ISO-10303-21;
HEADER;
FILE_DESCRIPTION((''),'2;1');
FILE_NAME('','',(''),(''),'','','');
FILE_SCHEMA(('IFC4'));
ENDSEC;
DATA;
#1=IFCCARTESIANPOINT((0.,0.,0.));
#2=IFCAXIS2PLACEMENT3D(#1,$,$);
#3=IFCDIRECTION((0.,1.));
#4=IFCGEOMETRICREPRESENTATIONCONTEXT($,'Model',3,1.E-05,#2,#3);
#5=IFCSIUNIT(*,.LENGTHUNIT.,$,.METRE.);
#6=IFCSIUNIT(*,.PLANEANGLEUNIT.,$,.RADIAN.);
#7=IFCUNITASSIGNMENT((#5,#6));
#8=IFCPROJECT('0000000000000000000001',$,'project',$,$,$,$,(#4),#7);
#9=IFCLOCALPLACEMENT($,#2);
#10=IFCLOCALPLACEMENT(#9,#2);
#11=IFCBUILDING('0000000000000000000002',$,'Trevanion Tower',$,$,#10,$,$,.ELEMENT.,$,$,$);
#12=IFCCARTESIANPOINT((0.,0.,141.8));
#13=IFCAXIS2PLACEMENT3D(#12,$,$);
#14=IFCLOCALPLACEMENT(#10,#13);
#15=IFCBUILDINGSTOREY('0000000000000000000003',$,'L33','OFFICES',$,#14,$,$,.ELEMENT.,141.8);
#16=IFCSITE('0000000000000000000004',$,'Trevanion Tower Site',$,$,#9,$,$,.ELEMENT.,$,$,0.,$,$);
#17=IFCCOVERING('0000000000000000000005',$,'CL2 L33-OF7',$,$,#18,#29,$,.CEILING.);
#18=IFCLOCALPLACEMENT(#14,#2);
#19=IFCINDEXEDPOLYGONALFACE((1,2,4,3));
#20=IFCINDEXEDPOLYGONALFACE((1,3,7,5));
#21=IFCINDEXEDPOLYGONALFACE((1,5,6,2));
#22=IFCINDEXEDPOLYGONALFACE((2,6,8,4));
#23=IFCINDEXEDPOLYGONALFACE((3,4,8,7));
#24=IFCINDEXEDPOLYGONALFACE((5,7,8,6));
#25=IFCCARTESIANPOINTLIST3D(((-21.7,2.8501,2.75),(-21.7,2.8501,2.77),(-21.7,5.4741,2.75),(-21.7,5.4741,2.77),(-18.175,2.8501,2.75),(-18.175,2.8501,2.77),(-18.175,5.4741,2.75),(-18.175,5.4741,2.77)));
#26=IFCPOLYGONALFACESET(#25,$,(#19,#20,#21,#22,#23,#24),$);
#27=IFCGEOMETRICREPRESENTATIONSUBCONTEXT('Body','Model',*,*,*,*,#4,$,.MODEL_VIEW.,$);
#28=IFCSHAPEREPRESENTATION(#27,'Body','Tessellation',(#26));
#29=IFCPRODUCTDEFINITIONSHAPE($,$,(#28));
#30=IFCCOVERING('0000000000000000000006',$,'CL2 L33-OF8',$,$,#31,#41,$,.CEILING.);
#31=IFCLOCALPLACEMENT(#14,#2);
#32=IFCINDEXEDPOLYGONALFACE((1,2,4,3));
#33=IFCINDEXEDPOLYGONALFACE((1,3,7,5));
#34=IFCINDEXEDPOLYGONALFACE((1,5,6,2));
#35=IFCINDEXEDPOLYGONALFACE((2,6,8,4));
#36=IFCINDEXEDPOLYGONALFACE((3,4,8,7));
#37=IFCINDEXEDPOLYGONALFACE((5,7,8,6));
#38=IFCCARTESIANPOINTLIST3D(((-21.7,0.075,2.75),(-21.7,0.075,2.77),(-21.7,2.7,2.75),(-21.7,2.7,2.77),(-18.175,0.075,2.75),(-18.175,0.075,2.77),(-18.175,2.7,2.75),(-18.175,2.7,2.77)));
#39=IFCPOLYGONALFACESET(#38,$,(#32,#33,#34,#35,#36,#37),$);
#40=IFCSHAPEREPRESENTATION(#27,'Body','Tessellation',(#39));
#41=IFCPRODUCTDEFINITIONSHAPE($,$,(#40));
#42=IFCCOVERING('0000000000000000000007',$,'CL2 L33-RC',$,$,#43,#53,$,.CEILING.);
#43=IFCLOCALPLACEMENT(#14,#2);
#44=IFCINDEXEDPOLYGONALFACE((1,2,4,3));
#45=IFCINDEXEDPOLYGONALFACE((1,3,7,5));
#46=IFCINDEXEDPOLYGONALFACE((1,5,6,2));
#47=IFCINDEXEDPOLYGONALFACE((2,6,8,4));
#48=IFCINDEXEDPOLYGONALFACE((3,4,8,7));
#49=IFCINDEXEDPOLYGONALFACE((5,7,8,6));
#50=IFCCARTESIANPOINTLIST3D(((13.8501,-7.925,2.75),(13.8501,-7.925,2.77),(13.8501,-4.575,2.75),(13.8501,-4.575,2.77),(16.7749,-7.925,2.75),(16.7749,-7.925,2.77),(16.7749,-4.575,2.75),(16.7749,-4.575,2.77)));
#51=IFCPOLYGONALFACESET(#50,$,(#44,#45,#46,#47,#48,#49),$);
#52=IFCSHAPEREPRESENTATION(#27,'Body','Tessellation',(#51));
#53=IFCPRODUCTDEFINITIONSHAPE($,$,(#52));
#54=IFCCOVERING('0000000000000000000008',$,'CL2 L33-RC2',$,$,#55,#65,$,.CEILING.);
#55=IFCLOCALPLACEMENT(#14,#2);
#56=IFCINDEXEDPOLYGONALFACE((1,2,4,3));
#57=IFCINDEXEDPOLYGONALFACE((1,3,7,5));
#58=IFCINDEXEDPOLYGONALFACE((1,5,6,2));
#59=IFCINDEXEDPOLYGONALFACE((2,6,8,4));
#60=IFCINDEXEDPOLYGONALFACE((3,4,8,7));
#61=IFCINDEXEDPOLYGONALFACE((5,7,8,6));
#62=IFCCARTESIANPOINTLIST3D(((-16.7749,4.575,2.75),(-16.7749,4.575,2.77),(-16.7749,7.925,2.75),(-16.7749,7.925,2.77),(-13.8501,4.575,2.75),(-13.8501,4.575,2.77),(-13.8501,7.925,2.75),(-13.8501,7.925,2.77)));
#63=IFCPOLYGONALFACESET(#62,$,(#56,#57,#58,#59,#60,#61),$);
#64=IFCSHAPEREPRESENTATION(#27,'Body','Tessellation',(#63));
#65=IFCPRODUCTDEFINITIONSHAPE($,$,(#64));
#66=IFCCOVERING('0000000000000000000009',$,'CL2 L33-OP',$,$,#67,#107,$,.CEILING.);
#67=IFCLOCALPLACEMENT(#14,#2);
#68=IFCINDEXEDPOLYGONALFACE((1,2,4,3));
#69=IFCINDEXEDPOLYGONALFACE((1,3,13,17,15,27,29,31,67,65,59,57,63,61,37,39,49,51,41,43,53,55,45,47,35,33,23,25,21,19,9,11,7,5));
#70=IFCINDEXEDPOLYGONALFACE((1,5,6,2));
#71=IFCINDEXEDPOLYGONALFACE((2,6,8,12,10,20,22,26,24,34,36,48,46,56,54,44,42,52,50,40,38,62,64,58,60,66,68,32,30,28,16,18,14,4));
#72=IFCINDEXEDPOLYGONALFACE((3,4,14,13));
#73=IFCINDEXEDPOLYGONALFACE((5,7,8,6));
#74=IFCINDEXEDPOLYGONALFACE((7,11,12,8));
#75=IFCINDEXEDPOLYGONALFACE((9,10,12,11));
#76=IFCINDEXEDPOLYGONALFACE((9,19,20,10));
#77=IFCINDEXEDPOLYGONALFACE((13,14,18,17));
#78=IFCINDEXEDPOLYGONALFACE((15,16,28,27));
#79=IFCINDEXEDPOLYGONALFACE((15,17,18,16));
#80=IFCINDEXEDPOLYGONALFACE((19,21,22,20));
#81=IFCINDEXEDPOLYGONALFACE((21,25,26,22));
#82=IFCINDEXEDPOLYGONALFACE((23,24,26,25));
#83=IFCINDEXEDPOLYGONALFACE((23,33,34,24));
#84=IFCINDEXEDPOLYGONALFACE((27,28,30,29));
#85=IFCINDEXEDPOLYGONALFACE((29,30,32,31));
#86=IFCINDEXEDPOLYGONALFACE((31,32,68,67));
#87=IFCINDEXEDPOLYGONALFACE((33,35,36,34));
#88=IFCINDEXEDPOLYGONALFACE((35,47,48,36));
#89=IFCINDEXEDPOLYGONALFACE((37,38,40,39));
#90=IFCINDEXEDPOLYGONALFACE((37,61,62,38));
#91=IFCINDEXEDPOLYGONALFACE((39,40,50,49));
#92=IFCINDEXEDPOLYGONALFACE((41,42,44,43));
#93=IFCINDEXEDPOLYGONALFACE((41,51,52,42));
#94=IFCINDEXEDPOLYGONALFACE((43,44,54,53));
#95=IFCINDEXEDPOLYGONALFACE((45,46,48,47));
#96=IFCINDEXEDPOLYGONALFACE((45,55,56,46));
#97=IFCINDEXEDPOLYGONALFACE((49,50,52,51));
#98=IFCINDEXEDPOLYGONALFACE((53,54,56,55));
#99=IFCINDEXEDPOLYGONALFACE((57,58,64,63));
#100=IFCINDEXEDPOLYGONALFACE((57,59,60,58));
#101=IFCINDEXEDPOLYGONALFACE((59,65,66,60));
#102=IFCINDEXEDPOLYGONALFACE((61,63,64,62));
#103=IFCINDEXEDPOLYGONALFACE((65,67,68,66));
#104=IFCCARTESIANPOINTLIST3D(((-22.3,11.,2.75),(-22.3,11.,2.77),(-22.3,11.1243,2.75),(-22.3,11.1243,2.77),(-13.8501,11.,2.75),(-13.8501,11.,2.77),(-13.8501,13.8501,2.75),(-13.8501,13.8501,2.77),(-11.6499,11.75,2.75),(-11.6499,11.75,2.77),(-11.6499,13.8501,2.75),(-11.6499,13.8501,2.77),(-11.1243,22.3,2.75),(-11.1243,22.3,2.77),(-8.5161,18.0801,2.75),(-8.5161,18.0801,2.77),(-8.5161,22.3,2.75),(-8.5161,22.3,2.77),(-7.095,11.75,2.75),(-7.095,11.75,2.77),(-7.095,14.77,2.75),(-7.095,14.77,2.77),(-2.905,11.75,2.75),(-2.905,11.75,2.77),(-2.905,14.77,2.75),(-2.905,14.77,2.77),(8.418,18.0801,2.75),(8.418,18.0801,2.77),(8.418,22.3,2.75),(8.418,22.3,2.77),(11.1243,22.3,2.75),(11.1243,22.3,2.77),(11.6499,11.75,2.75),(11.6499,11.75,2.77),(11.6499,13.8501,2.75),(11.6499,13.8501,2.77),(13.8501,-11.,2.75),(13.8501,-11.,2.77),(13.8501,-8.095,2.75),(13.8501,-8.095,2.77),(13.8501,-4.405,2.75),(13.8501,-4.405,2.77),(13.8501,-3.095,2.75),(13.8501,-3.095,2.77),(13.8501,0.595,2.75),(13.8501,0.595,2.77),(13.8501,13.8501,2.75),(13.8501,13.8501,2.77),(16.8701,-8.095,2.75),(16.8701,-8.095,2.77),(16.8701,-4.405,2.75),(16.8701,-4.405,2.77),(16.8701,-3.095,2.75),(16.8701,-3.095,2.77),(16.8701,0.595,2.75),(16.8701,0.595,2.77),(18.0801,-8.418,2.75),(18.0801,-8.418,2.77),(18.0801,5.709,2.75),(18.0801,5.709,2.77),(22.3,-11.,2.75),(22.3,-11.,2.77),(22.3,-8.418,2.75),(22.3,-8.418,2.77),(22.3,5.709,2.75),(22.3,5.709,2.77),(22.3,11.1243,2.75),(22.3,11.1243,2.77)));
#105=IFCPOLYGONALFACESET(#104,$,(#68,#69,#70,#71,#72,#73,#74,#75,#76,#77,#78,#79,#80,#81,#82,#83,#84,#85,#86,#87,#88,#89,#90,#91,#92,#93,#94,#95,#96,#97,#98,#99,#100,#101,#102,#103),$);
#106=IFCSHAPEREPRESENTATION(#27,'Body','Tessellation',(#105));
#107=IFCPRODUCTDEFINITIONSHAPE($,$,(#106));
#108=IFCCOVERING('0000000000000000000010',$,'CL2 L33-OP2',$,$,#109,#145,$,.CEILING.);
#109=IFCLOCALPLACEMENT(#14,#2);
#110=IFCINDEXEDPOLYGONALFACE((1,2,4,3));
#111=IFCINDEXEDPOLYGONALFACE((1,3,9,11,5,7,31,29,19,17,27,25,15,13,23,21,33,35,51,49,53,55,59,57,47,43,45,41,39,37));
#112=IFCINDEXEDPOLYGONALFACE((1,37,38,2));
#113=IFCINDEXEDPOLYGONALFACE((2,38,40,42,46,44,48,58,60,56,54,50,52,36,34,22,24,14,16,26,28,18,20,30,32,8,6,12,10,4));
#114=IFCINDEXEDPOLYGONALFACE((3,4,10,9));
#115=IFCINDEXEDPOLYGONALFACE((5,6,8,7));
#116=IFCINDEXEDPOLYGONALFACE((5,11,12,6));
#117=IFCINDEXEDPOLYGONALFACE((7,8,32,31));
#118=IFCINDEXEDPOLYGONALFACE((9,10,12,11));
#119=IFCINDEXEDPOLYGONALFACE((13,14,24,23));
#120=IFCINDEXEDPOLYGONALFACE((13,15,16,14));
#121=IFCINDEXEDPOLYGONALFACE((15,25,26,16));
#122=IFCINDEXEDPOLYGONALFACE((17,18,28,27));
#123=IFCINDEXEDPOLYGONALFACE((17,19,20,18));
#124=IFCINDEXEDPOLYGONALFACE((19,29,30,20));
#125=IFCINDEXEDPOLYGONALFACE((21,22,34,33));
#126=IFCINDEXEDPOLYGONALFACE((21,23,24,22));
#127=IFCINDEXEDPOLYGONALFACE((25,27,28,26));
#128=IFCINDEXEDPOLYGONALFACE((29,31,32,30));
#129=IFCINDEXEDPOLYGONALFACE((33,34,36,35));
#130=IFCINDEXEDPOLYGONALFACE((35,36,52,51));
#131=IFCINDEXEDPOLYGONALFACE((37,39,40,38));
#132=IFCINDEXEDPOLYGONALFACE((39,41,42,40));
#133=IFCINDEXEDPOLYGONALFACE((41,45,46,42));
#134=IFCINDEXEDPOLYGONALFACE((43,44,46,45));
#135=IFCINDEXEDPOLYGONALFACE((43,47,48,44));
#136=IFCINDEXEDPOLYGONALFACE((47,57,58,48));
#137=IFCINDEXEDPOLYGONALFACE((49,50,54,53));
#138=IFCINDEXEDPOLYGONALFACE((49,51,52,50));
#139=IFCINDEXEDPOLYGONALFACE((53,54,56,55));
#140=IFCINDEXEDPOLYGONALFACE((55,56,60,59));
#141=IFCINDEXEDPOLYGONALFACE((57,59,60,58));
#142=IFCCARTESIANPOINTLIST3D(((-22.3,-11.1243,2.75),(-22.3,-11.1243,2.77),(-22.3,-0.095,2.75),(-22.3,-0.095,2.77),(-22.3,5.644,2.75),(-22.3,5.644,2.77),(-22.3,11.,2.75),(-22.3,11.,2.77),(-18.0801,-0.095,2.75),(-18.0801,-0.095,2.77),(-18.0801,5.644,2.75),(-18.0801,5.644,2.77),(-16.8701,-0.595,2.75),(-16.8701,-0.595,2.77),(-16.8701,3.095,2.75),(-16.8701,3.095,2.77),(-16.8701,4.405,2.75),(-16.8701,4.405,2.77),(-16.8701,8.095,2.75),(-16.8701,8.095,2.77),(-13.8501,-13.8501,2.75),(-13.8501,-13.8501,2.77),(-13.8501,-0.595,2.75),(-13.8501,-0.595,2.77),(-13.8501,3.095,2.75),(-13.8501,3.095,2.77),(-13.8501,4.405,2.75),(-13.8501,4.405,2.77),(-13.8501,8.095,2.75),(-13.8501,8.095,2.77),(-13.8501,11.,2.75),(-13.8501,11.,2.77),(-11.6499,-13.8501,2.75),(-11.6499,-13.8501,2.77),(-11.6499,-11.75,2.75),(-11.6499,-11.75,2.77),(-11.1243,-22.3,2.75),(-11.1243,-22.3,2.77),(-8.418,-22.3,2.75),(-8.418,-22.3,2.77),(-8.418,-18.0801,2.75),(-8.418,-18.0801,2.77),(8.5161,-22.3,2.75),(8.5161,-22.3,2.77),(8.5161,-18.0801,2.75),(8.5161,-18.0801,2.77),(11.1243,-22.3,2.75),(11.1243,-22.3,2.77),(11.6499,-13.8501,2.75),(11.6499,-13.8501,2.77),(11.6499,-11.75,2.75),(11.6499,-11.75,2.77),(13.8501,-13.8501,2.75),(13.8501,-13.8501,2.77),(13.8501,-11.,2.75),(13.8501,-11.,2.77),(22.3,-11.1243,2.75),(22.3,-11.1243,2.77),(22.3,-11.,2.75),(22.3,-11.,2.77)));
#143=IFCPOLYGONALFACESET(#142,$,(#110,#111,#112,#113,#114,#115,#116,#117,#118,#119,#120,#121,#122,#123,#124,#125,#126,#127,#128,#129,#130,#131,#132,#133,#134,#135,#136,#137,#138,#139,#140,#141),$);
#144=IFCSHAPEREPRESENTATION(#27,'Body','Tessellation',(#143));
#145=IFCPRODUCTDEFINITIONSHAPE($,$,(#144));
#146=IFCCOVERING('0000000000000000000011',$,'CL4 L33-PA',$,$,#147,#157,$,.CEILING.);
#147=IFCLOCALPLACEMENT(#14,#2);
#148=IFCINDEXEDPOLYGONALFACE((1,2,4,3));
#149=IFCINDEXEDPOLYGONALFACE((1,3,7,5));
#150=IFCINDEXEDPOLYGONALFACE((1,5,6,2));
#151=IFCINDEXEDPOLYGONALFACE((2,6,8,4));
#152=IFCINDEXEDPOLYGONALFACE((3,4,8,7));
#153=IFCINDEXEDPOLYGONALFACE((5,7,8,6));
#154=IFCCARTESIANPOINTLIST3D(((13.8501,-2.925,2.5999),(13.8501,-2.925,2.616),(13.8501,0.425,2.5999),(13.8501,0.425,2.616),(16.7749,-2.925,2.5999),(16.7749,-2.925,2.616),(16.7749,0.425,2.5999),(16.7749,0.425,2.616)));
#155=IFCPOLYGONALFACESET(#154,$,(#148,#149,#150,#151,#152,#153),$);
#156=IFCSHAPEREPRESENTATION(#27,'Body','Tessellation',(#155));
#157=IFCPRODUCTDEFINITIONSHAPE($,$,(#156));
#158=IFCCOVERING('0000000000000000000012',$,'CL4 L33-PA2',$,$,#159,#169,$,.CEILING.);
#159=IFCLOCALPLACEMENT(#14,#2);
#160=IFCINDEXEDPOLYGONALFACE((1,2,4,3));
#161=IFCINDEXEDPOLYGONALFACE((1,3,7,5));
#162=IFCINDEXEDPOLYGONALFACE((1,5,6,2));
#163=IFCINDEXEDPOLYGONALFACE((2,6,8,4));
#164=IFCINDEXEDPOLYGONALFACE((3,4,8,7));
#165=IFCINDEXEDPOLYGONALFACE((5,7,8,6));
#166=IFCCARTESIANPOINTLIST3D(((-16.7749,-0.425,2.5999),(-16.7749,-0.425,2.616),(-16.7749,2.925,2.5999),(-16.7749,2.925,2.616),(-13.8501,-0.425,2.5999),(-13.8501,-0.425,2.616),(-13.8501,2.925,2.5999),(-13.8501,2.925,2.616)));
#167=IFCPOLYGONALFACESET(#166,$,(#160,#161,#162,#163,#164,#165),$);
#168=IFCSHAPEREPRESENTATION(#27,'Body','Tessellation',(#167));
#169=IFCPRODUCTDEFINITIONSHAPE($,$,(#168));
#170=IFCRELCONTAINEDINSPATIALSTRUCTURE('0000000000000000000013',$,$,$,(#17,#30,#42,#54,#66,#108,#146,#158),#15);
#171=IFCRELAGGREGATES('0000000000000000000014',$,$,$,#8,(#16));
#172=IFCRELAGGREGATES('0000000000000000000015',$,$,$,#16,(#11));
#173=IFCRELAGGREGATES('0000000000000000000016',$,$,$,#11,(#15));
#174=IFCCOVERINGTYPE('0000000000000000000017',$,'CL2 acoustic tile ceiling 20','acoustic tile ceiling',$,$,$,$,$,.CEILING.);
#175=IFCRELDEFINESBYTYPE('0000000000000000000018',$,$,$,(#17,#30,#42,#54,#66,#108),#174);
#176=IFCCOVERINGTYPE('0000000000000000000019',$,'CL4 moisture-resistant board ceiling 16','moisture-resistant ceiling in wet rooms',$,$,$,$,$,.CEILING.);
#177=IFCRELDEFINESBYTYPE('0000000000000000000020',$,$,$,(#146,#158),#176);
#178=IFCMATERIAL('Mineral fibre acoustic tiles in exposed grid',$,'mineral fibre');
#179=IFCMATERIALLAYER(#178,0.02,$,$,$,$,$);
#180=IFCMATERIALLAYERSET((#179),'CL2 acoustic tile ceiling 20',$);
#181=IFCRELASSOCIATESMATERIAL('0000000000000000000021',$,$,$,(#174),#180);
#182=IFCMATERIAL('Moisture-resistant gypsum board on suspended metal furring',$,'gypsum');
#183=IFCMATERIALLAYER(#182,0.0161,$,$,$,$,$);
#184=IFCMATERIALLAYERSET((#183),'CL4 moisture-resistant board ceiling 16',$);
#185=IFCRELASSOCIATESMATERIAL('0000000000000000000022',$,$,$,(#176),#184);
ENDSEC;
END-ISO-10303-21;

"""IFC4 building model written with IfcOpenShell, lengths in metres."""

from ifc_helpers import new_model, si_unit, direction, frame, origin, place, context, subcontext, project, spatial, polyline, outline, extrude, material, layer, layer_set, type_object, element, save


model = new_model("IFC4")

# Units and contexts
model_context = context("Model", 3, precision=1e-05, world=origin(), true_north=direction((0.0, 1.0)))
body_context = subcontext(model_context, "Body", "Model", "MODEL_VIEW")
ifc_project = project(units=[si_unit("LENGTHUNIT", "METRE"), si_unit("PLANEANGLEUNIT", "RADIAN")], contexts=[model_context])

# Site, building, storey
site_placement = place(None, origin())
site = spatial("IfcSite", under=ifc_project, at=site_placement, Name="Trevanion Tower Site", CompositionType="ELEMENT", RefElevation=0.0)
building_placement = place(site_placement, origin())
building = spatial("IfcBuilding", under=site, at=building_placement, Name="Trevanion Tower", CompositionType="ELEMENT")
storey_placement = place(building_placement, frame((0.0, 0.0, 141.8)))
storey = spatial("IfcBuildingStorey", under=building, at=storey_placement, Name="L33", Description="OFFICES", CompositionType="ELEMENT", Elevation=141.8)

# Coverings
ifc_material_1 = material(Name="Mineral fibre acoustic tiles in exposed grid", Category="mineral fibre")
ifc_layer_1 = layer(ifc_material_1, 0.02)
ifc_layer_set_1 = layer_set([ifc_layer_1], Name="CL2 acoustic tile ceiling 20")
covering_type_1 = type_object("IfcCoveringType", Name="CL2 acoustic tile ceiling 20", Description="acoustic tile ceiling", PredefinedType="CEILING", material=ifc_layer_set_1)
covering_1_placement = place(storey_placement, frame((0.0, 0.0, 2.75)))
element("IfcCovering", 1, at=covering_1_placement, inside=storey, type_object=covering_type_1, Name="CL2 L33-OF7", PredefinedType="CEILING", context=body_context, shape_type="SweptSolid", body=[
    extrude(outline(polyline([(-18.175, 5.4741), (-18.175, 2.8501), (-21.7, 2.8501), (-21.7, 5.4741), (-18.175, 5.4741)])), origin(), (0.0, 0.0, 1.0), 0.02),
])
covering_2_placement = place(storey_placement, frame((0.0, 0.0, 2.75)))
element("IfcCovering", 2, at=covering_2_placement, inside=storey, type_object=covering_type_1, Name="CL2 L33-OF8", PredefinedType="CEILING", context=body_context, shape_type="SweptSolid", body=[
    extrude(outline(polyline([(-18.175, 2.7), (-18.175, 0.075), (-21.7, 0.075), (-21.7, 2.7), (-18.175, 2.7)])), origin(), (0.0, 0.0, 1.0), 0.02),
])
covering_3_placement = place(storey_placement, frame((0.0, 0.0, 2.75)))
element("IfcCovering", 3, at=covering_3_placement, inside=storey, type_object=covering_type_1, Name="CL2 L33-RC", PredefinedType="CEILING", context=body_context, shape_type="SweptSolid", body=[
    extrude(outline(polyline([(13.8501, -7.925), (13.8501, -4.575), (16.7749, -4.575), (16.7749, -7.925), (13.8501, -7.925)])), origin(), (0.0, 0.0, 1.0), 0.02),
])
covering_4_placement = place(storey_placement, frame((0.0, 0.0, 2.75)))
element("IfcCovering", 4, at=covering_4_placement, inside=storey, type_object=covering_type_1, Name="CL2 L33-RC2", PredefinedType="CEILING", context=body_context, shape_type="SweptSolid", body=[
    extrude(outline(polyline([(-13.8501, 7.925), (-13.8501, 4.575), (-16.7749, 4.575), (-16.7749, 7.925), (-13.8501, 7.925)])), origin(), (0.0, 0.0, 1.0), 0.02),
])
covering_5_placement = place(storey_placement, frame((0.0, 0.0, 2.75)))
element("IfcCovering", 5, at=covering_5_placement, inside=storey, type_object=covering_type_1, Name="CL2 L33-OP", PredefinedType="CEILING", context=body_context, shape_type="SweptSolid", body=[
    extrude(outline(polyline([(11.6499, 13.8501), (11.6499, 11.75), (-2.905, 11.75), (-2.905, 14.77), (-7.095, 14.77), (-7.095, 11.75), (-11.6499, 11.75), (-11.6499, 13.8501), (-13.8501, 13.8501), (-13.8501, 11.0), (-22.3, 11.0), (-22.3, 11.1243), (-11.1243, 22.3), (-8.5161, 22.3), (-8.5161, 18.0801), (8.418, 18.0801), (8.418, 22.3), (11.1243, 22.3), (22.3, 11.1243), (22.3, 5.709), (18.0801, 5.709), (18.0801, -8.418), (22.3, -8.418), (22.3, -11.0), (13.8501, -11.0), (13.8501, -8.095), (16.8701, -8.095), (16.8701, -4.405), (13.8501, -4.405), (13.8501, -3.095), (16.8701, -3.095), (16.8701, 0.595), (13.8501, 0.595), (13.8501, 13.8501), (11.6499, 13.8501)])), origin(), (0.0, 0.0, 1.0), 0.02),
])
covering_6_placement = place(storey_placement, frame((0.0, 0.0, 2.75)))
element("IfcCovering", 6, at=covering_6_placement, inside=storey, type_object=covering_type_1, Name="CL2 L33-OP2", PredefinedType="CEILING", context=body_context, shape_type="SweptSolid", body=[
    extrude(outline(polyline([(11.6499, -13.8501), (13.8501, -13.8501), (13.8501, -11.0), (22.3, -11.0), (22.3, -11.1243), (11.1243, -22.3), (8.5161, -22.3), (8.5161, -18.0801), (-8.418, -18.0801), (-8.418, -22.3), (-11.1243, -22.3), (-22.3, -11.1243), (-22.3, -0.095), (-18.0801, -0.095), (-18.0801, 5.644), (-22.3, 5.644), (-22.3, 11.0), (-13.8501, 11.0), (-13.8501, 8.095), (-16.8701, 8.095), (-16.8701, 4.405), (-13.8501, 4.405), (-13.8501, 3.095), (-16.8701, 3.095), (-16.8701, -0.595), (-13.8501, -0.595), (-13.8501, -13.8501), (-11.6499, -13.8501), (-11.6499, -11.75), (11.6499, -11.75), (11.6499, -13.8501)])), origin(), (0.0, 0.0, 1.0), 0.02),
])
ifc_material_2 = material(Name="Moisture-resistant gypsum board on suspended metal furring", Category="gypsum")
ifc_layer_2 = layer(ifc_material_2, 0.0161)
ifc_layer_set_2 = layer_set([ifc_layer_2], Name="CL4 moisture-resistant board ceiling 16")
covering_type_2 = type_object("IfcCoveringType", Name="CL4 moisture-resistant board ceiling 16", Description="moisture-resistant ceiling in wet rooms", PredefinedType="CEILING", material=ifc_layer_set_2)
covering_7_placement = place(storey_placement, frame((0.0, 0.0, 2.5999)))
element("IfcCovering", 7, at=covering_7_placement, inside=storey, type_object=covering_type_2, Name="CL4 L33-PA", PredefinedType="CEILING", context=body_context, shape_type="SweptSolid", body=[
    extrude(outline(polyline([(13.8501, -2.925), (13.8501, 0.425), (16.7749, 0.425), (16.7749, -2.925), (13.8501, -2.925)])), origin(), (0.0, 0.0, 1.0), 0.0161),
])
covering_8_placement = place(storey_placement, frame((0.0, 0.0, 2.5999)))
element("IfcCovering", 8, at=covering_8_placement, inside=storey, type_object=covering_type_2, Name="CL4 L33-PA2", PredefinedType="CEILING", context=body_context, shape_type="SweptSolid", body=[
    extrude(outline(polyline([(-13.8501, 2.925), (-13.8501, -0.425), (-16.7749, -0.425), (-16.7749, 2.925), (-13.8501, 2.925)])), origin(), (0.0, 0.0, 1.0), 0.0161),
])

save(model, "model.ifc")
